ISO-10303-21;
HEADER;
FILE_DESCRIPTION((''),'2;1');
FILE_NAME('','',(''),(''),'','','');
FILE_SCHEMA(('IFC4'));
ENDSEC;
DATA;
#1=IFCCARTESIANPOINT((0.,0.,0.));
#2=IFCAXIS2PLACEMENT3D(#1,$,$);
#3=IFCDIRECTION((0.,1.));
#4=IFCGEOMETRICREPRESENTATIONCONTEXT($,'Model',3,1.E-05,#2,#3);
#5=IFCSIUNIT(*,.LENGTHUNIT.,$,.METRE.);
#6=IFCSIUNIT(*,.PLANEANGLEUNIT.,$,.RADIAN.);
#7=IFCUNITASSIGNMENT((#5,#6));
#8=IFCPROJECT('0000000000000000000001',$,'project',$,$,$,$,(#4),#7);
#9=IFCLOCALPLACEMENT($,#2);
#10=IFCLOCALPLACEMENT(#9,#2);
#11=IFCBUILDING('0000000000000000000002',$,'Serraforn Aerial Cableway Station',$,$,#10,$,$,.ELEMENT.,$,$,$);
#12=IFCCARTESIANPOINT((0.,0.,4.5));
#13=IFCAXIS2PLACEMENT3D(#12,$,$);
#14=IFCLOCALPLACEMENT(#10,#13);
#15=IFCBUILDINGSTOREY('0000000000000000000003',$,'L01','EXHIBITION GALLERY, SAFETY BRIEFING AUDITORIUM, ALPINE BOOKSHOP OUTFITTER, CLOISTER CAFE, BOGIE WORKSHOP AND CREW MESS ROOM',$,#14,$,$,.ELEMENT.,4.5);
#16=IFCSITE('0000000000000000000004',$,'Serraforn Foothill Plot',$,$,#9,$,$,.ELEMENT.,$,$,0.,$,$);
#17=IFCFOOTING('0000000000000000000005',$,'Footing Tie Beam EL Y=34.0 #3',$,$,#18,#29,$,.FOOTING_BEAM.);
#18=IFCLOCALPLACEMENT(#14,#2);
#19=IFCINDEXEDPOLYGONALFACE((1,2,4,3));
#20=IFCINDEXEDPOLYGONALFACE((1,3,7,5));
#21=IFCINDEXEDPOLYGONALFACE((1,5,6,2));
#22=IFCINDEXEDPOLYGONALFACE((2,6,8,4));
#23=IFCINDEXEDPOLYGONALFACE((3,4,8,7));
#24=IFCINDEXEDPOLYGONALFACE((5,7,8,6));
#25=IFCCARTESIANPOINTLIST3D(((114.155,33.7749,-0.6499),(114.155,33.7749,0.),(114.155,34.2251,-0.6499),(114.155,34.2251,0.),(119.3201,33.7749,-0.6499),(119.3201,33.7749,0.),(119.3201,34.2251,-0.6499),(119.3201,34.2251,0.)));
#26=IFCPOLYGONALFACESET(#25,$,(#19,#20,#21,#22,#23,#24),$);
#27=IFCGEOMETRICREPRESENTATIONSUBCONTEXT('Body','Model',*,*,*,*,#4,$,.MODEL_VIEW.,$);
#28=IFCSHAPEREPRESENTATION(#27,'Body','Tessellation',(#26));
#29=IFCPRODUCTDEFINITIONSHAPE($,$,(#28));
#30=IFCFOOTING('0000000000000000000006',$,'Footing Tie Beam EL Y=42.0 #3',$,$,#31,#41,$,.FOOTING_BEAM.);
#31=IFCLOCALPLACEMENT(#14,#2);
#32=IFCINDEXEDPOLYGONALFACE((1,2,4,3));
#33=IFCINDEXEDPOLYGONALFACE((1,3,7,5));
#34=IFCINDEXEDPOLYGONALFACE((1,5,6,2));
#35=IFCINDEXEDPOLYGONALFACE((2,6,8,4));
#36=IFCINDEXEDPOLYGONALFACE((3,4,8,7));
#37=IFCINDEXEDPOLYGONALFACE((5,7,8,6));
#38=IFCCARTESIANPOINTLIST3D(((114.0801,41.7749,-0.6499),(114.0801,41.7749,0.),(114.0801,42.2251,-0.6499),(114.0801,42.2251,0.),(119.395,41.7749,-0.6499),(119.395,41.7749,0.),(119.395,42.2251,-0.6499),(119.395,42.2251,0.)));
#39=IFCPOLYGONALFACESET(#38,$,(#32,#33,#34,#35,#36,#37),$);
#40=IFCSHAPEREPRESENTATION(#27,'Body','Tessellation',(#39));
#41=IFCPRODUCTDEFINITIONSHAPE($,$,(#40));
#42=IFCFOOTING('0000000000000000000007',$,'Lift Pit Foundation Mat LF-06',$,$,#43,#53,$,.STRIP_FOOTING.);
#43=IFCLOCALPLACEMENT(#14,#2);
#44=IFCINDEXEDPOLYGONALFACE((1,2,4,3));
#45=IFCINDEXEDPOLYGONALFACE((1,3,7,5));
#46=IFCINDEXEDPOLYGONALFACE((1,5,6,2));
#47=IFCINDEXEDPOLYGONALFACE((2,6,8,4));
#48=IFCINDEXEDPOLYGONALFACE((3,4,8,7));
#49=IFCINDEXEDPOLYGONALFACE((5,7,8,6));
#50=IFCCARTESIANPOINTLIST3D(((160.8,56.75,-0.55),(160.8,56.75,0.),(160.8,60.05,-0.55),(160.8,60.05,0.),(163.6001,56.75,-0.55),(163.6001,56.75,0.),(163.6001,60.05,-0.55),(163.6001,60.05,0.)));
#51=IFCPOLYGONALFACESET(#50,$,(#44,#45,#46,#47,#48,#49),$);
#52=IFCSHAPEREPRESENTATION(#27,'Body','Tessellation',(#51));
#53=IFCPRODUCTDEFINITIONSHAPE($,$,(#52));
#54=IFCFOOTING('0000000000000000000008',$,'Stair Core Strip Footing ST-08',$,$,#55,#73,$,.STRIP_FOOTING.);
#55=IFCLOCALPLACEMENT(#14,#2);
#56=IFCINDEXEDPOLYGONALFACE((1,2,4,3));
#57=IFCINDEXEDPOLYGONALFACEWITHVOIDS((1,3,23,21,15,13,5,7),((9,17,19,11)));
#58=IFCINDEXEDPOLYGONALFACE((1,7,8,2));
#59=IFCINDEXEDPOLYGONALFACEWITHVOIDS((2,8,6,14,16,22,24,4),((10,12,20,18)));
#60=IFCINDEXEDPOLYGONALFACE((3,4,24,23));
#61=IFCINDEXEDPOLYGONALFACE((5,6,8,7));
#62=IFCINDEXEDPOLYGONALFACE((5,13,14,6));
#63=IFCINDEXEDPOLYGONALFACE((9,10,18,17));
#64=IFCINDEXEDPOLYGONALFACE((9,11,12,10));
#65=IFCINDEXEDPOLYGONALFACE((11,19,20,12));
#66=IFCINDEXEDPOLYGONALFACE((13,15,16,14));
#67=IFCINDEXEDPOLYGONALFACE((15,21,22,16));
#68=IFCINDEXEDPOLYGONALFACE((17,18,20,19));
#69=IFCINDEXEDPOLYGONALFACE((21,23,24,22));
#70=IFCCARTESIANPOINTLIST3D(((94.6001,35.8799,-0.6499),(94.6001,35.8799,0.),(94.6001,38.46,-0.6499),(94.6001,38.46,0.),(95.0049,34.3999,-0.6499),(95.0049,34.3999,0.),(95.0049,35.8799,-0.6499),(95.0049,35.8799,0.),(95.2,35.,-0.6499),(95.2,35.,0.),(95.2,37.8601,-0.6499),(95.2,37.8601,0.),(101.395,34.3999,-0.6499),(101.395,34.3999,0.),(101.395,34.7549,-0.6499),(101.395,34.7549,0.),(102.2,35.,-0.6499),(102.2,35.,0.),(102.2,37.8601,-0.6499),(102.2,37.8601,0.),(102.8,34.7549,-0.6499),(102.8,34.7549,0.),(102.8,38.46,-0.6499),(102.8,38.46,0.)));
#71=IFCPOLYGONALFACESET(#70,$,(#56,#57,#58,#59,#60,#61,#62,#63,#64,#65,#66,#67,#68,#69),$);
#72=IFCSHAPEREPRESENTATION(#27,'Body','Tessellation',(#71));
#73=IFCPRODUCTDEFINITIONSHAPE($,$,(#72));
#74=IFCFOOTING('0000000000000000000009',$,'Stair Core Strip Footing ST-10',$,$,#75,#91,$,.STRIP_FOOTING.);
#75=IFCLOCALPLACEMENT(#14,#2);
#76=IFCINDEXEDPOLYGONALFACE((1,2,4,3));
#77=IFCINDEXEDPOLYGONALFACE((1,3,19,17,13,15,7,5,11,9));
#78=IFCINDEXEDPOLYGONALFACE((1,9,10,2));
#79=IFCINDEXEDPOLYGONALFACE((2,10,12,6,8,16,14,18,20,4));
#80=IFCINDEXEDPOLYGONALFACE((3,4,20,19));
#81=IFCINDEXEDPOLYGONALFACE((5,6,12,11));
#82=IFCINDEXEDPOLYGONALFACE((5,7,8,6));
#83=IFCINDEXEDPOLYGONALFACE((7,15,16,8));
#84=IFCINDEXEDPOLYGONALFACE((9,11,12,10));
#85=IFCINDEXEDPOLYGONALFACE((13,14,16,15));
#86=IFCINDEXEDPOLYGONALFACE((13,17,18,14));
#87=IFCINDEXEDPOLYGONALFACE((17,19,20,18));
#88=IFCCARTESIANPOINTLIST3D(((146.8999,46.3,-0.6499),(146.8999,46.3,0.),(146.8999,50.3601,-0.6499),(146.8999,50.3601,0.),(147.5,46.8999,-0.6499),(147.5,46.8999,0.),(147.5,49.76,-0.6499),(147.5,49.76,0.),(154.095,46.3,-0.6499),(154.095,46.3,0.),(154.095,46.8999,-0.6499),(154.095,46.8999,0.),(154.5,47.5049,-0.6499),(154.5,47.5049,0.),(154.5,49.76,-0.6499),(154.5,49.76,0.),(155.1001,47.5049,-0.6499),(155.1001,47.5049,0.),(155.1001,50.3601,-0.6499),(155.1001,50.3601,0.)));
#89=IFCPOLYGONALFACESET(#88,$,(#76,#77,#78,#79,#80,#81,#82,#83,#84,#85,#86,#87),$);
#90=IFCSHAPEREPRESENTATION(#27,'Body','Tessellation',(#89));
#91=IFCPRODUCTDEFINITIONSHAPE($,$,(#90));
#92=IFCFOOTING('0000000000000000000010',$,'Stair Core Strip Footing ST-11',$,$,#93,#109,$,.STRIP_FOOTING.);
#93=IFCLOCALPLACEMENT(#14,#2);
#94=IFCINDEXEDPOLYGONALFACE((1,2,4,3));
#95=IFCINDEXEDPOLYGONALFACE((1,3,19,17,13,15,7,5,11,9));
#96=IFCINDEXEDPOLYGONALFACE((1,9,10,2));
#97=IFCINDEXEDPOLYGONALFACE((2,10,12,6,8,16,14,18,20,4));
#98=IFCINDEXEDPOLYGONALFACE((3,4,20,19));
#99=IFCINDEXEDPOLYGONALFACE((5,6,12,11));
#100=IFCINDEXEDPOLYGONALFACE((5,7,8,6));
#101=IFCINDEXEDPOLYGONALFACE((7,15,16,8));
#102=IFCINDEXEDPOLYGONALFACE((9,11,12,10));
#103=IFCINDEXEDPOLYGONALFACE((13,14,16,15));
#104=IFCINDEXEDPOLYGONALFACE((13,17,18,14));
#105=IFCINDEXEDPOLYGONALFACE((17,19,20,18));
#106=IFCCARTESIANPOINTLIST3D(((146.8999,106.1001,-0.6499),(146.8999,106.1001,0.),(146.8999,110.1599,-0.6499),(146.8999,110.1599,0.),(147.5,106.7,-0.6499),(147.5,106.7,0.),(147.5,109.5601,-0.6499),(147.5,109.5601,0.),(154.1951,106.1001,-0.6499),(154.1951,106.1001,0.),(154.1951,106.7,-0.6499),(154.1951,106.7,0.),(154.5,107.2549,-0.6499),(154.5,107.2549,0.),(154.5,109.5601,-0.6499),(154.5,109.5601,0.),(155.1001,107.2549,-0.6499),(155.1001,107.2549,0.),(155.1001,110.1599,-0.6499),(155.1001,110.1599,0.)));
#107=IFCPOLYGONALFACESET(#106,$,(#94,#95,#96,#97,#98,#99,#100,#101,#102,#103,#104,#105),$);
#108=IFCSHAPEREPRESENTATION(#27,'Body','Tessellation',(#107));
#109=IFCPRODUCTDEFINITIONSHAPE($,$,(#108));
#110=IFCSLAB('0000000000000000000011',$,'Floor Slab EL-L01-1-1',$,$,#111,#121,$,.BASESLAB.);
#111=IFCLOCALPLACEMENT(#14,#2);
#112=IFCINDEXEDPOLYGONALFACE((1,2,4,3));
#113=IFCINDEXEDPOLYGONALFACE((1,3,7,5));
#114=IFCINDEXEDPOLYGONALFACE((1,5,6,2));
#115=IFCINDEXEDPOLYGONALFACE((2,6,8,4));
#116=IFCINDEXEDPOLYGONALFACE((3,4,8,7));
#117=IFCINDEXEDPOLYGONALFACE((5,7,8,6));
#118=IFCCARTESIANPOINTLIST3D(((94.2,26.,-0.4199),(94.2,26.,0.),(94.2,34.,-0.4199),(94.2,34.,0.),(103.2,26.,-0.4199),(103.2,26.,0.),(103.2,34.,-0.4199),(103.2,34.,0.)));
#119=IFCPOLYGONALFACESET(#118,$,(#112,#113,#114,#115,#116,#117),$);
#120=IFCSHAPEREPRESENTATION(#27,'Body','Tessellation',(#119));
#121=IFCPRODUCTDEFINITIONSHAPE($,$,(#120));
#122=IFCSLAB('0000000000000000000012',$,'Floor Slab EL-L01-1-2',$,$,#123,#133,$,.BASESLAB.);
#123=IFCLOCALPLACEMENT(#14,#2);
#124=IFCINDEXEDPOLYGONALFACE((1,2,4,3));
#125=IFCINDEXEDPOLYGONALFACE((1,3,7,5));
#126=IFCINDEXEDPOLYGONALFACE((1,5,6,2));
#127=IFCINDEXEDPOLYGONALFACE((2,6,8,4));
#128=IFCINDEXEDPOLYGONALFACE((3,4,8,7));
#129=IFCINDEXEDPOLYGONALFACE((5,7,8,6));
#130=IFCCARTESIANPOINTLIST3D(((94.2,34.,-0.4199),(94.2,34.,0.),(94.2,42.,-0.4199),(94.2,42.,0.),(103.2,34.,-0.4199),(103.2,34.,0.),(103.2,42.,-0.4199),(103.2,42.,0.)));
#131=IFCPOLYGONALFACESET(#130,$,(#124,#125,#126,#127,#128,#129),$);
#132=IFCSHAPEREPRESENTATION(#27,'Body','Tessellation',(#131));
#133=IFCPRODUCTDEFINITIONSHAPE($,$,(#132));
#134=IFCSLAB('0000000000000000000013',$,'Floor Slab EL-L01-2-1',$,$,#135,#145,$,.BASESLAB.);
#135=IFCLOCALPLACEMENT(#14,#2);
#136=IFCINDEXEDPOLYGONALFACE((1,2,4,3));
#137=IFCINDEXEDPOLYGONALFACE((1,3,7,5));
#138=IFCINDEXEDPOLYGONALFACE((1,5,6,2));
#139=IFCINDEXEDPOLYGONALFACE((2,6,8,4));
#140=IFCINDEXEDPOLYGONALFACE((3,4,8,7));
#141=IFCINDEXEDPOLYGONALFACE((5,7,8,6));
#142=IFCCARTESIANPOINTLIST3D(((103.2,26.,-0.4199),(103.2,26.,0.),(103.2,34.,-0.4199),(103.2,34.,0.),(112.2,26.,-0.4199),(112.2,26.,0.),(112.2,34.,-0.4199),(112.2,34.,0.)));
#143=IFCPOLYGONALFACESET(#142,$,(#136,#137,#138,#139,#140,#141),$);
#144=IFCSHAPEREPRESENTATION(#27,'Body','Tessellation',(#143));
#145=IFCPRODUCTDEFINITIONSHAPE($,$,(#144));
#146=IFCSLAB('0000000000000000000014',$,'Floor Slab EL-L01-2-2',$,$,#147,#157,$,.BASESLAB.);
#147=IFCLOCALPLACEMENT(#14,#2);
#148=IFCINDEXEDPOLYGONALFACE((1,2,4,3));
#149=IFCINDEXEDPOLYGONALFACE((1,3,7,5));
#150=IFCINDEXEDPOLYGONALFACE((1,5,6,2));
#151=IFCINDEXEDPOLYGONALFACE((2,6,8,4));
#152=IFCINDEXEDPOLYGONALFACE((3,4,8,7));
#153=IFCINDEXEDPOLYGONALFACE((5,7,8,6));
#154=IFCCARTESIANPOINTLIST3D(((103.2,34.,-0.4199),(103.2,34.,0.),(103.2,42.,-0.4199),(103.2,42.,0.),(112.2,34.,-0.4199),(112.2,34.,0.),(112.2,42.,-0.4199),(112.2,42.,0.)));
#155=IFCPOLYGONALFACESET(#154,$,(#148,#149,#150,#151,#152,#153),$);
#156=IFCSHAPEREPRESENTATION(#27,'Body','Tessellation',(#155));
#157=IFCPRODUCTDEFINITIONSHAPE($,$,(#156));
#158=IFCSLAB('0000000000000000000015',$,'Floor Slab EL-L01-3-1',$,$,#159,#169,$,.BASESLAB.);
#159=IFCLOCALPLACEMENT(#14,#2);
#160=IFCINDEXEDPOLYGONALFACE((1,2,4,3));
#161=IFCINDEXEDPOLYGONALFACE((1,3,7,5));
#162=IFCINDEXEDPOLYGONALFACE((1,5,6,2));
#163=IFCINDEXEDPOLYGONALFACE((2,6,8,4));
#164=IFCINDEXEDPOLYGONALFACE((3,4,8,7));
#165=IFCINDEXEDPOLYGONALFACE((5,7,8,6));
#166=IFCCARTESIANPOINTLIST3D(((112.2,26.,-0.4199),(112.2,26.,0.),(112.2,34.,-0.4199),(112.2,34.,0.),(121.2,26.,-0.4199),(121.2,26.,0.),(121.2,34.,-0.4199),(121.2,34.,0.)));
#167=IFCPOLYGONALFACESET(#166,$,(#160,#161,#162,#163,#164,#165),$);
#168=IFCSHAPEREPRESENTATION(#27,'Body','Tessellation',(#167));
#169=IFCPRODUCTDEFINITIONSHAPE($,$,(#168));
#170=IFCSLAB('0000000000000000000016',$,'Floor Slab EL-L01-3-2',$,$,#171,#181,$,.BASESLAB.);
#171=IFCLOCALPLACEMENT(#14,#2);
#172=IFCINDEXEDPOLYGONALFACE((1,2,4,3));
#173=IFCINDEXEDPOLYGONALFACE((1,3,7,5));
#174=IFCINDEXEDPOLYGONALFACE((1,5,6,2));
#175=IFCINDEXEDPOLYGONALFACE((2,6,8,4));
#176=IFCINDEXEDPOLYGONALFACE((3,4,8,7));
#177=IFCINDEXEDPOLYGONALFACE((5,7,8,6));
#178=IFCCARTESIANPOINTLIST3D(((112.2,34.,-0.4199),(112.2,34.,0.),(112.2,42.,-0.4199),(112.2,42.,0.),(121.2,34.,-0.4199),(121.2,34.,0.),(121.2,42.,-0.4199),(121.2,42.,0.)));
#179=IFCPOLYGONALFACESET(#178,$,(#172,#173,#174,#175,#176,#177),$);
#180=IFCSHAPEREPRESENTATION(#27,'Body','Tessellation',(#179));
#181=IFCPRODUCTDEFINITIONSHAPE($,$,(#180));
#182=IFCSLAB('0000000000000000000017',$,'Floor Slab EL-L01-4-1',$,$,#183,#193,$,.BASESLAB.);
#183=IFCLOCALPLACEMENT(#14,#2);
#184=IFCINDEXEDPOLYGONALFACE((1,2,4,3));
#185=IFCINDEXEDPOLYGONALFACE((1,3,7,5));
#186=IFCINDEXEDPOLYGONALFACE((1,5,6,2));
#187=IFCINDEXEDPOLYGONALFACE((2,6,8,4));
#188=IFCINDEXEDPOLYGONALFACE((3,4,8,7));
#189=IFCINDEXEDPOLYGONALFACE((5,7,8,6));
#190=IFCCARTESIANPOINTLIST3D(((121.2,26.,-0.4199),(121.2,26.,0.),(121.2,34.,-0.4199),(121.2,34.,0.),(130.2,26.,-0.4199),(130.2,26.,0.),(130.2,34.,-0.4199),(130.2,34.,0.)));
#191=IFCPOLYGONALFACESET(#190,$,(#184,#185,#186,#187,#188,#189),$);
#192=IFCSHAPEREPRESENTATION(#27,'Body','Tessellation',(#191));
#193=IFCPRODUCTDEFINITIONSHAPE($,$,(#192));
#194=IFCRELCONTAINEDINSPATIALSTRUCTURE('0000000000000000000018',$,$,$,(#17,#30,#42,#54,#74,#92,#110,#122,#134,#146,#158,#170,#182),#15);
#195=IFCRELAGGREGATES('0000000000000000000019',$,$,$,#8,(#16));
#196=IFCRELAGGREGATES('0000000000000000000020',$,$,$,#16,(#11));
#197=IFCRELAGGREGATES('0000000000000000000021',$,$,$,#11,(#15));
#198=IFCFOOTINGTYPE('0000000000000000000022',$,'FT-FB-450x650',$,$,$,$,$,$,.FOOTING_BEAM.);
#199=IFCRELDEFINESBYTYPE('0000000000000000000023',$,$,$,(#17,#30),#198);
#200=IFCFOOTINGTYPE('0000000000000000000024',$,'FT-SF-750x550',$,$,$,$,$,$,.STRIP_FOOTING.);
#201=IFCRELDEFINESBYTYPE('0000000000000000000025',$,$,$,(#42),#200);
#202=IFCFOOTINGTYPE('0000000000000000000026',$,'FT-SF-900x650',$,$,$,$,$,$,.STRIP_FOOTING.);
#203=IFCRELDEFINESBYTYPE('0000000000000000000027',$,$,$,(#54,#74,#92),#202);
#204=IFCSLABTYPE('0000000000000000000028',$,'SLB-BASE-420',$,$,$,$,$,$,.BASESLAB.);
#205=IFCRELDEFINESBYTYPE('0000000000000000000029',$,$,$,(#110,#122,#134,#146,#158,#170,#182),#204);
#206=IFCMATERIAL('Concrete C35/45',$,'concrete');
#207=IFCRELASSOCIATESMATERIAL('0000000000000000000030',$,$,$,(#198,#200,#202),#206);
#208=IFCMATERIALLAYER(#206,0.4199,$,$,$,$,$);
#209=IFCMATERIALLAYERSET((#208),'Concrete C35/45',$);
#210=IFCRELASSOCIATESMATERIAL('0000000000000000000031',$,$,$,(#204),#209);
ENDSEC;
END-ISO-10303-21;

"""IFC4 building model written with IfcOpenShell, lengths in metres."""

from ifc_helpers import new_model, si_unit, direction, frame, origin, place, context, subcontext, project, spatial, polyline, outline, extrude, material, layer, layer_set, type_object, element, save


model = new_model("IFC4")

# Units and contexts
model_context = context("Model", 3, precision=1e-05, world=origin(), true_north=direction((0.0, 1.0)))
body_context = subcontext(model_context, "Body", "Model", "MODEL_VIEW")
ifc_project = project(units=[si_unit("LENGTHUNIT", "METRE"), si_unit("PLANEANGLEUNIT", "RADIAN")], contexts=[model_context])

# Site, building, storey
site_placement = place(None, origin())
site = spatial("IfcSite", under=ifc_project, at=site_placement, Name="Serraforn Foothill Plot", CompositionType="ELEMENT", RefElevation=0.0)
building_placement = place(site_placement, origin())
building = spatial("IfcBuilding", under=site, at=building_placement, Name="Serraforn Aerial Cableway Station", CompositionType="ELEMENT")
storey_placement = place(building_placement, frame((0.0, 0.0, 4.5)))
storey = spatial("IfcBuildingStorey", under=building, at=storey_placement, Name="L01", Description="EXHIBITION GALLERY, SAFETY BRIEFING AUDITORIUM, ALPINE BOOKSHOP OUTFITTER, CLOISTER CAFE, BOGIE WORKSHOP AND CREW MESS ROOM", CompositionType="ELEMENT", Elevation=4.5)

# Footings
ifc_material_1 = material(Name="Concrete C35/45", Category="concrete")
footing_type_1 = type_object("IfcFootingType", Name="FT-FB-450x650", PredefinedType="FOOTING_BEAM", material=ifc_material_1)
footing_1_placement = place(storey_placement, frame((0.0, 0.0, -0.6499)))
element("IfcFooting", 1, at=footing_1_placement, inside=storey, type_object=footing_type_1, Name="Footing Tie Beam EL Y=34.0 #3", PredefinedType="FOOTING_BEAM", context=body_context, shape_type="SweptSolid", body=[
    extrude(outline(polyline([(119.3201, 34.2251), (119.3201, 33.7749), (114.155, 33.7749), (114.155, 34.2251), (119.3201, 34.2251)])), origin(), (0.0, 0.0, 1.0), 0.6499),
])
footing_2_placement = place(storey_placement, frame((0.0, 0.0, -0.6499)))
element("IfcFooting", 2, at=footing_2_placement, inside=storey, type_object=footing_type_1, Name="Footing Tie Beam EL Y=42.0 #3", PredefinedType="FOOTING_BEAM", context=body_context, shape_type="SweptSolid", body=[
    extrude(outline(polyline([(119.395, 42.2251), (119.395, 41.7749), (114.0801, 41.7749), (114.0801, 42.2251), (119.395, 42.2251)])), origin(), (0.0, 0.0, 1.0), 0.6499),
])
footing_type_2 = type_object("IfcFootingType", Name="FT-SF-750x550", PredefinedType="STRIP_FOOTING", material=ifc_material_1)
footing_3_placement = place(storey_placement, frame((0.0, 0.0, -0.55)))
element("IfcFooting", 3, at=footing_3_placement, inside=storey, type_object=footing_type_2, Name="Lift Pit Foundation Mat LF-06", PredefinedType="STRIP_FOOTING", context=body_context, shape_type="SweptSolid", body=[
    extrude(outline(polyline([(160.8, 56.75), (160.8, 60.05), (163.6001, 60.05), (163.6001, 56.75), (160.8, 56.75)])), origin(), (0.0, 0.0, 1.0), 0.55),
])
footing_type_3 = type_object("IfcFootingType", Name="FT-SF-900x650", PredefinedType="STRIP_FOOTING", material=ifc_material_1)
footing_4_placement = place(storey_placement, frame((0.0, 0.0, -0.6499)))
element("IfcFooting", 4, at=footing_4_placement, inside=storey, type_object=footing_type_3, Name="Stair Core Strip Footing ST-08", PredefinedType="STRIP_FOOTING", context=body_context, shape_type="SweptSolid", body=[
    extrude(outline(polyline([(95.0049, 34.3999), (95.0049, 35.8799), (94.6001, 35.8799), (94.6001, 38.46), (102.8, 38.46), (102.8, 34.7549), (101.395, 34.7549), (101.395, 34.3999), (95.0049, 34.3999)]), holes=[polyline([(102.2, 35.0), (102.2, 37.8601), (95.2, 37.8601), (95.2, 35.0), (102.2, 35.0)])]), origin(), (0.0, 0.0, 1.0), 0.6499),
])
footing_5_placement = place(storey_placement, frame((0.0, 0.0, -0.6499)))
element("IfcFooting", 5, at=footing_5_placement, inside=storey, type_object=footing_type_3, Name="Stair Core Strip Footing ST-10", PredefinedType="STRIP_FOOTING", context=body_context, shape_type="SweptSolid", body=[
    extrude(outline(polyline([(146.8999, 46.3), (146.8999, 50.3601), (155.1001, 50.3601), (155.1001, 47.5049), (154.5, 47.5049), (154.5, 49.76), (147.5, 49.76), (147.5, 46.8999), (154.095, 46.8999), (154.095, 46.3), (146.8999, 46.3)])), origin(), (0.0, 0.0, 1.0), 0.6499),
])
footing_6_placement = place(storey_placement, frame((0.0, 0.0, -0.6499)))
element("IfcFooting", 6, at=footing_6_placement, inside=storey, type_object=footing_type_3, Name="Stair Core Strip Footing ST-11", PredefinedType="STRIP_FOOTING", context=body_context, shape_type="SweptSolid", body=[
    extrude(outline(polyline([(146.8999, 106.1001), (146.8999, 110.1599), (155.1001, 110.1599), (155.1001, 107.2549), (154.5, 107.2549), (154.5, 109.5601), (147.5, 109.5601), (147.5, 106.7), (154.1951, 106.7), (154.1951, 106.1001), (146.8999, 106.1001)])), origin(), (0.0, 0.0, 1.0), 0.6499),
])

# Slabs
ifc_layer_1 = layer(ifc_material_1, 0.4199)
ifc_layer_set_1 = layer_set([ifc_layer_1], Name="Concrete C35/45")
slab_type_1 = type_object("IfcSlabType", Name="SLB-BASE-420", PredefinedType="BASESLAB", material=ifc_layer_set_1)
slab_1_placement = place(storey_placement, frame((0.0, 0.0, -0.4199)))
element("IfcSlab", 7, at=slab_1_placement, inside=storey, type_object=slab_type_1, Name="Floor Slab EL-L01-1-1", PredefinedType="BASESLAB", context=body_context, shape_type="SweptSolid", body=[
    extrude(outline(polyline([(94.2, 26.0), (103.2, 26.0), (103.2, 34.0), (94.2, 34.0), (94.2, 26.0)])), origin(), (0.0, 0.0, 1.0), 0.4199),
])
slab_2_placement = place(storey_placement, frame((0.0, 0.0, -0.4199)))
element("IfcSlab", 8, at=slab_2_placement, inside=storey, type_object=slab_type_1, Name="Floor Slab EL-L01-1-2", PredefinedType="BASESLAB", context=body_context, shape_type="SweptSolid", body=[
    extrude(outline(polyline([(94.2, 34.0), (103.2, 34.0), (103.2, 42.0), (94.2, 42.0), (94.2, 34.0)])), origin(), (0.0, 0.0, 1.0), 0.4199),
])
slab_3_placement = place(storey_placement, frame((0.0, 0.0, -0.4199)))
element("IfcSlab", 9, at=slab_3_placement, inside=storey, type_object=slab_type_1, Name="Floor Slab EL-L01-2-1", PredefinedType="BASESLAB", context=body_context, shape_type="SweptSolid", body=[
    extrude(outline(polyline([(103.2, 26.0), (112.2, 26.0), (112.2, 34.0), (103.2, 34.0), (103.2, 26.0)])), origin(), (0.0, 0.0, 1.0), 0.4199),
])
slab_4_placement = place(storey_placement, frame((0.0, 0.0, -0.4199)))
element("IfcSlab", 10, at=slab_4_placement, inside=storey, type_object=slab_type_1, Name="Floor Slab EL-L01-2-2", PredefinedType="BASESLAB", context=body_context, shape_type="SweptSolid", body=[
    extrude(outline(polyline([(103.2, 34.0), (112.2, 34.0), (112.2, 42.0), (103.2, 42.0), (103.2, 34.0)])), origin(), (0.0, 0.0, 1.0), 0.4199),
])
slab_5_placement = place(storey_placement, frame((0.0, 0.0, -0.4199)))
element("IfcSlab", 11, at=slab_5_placement, inside=storey, type_object=slab_type_1, Name="Floor Slab EL-L01-3-1", PredefinedType="BASESLAB", context=body_context, shape_type="SweptSolid", body=[
    extrude(outline(polyline([(112.2, 26.0), (121.2, 26.0), (121.2, 34.0), (112.2, 34.0), (112.2, 26.0)])), origin(), (0.0, 0.0, 1.0), 0.4199),
])
slab_6_placement = place(storey_placement, frame((0.0, 0.0, -0.4199)))
element("IfcSlab", 12, at=slab_6_placement, inside=storey, type_object=slab_type_1, Name="Floor Slab EL-L01-3-2", PredefinedType="BASESLAB", context=body_context, shape_type="SweptSolid", body=[
    extrude(outline(polyline([(112.2, 34.0), (121.2, 34.0), (121.2, 42.0), (112.2, 42.0), (112.2, 34.0)])), origin(), (0.0, 0.0, 1.0), 0.4199),
])
slab_7_placement = place(storey_placement, frame((0.0, 0.0, -0.4199)))
element("IfcSlab", 13, at=slab_7_placement, inside=storey, type_object=slab_type_1, Name="Floor Slab EL-L01-4-1", PredefinedType="BASESLAB", context=body_context, shape_type="SweptSolid", body=[
    extrude(outline(polyline([(121.2, 26.0), (130.2, 26.0), (130.2, 34.0), (121.2, 34.0), (121.2, 26.0)])), origin(), (0.0, 0.0, 1.0), 0.4199),
])

save(model, "model.ifc")
